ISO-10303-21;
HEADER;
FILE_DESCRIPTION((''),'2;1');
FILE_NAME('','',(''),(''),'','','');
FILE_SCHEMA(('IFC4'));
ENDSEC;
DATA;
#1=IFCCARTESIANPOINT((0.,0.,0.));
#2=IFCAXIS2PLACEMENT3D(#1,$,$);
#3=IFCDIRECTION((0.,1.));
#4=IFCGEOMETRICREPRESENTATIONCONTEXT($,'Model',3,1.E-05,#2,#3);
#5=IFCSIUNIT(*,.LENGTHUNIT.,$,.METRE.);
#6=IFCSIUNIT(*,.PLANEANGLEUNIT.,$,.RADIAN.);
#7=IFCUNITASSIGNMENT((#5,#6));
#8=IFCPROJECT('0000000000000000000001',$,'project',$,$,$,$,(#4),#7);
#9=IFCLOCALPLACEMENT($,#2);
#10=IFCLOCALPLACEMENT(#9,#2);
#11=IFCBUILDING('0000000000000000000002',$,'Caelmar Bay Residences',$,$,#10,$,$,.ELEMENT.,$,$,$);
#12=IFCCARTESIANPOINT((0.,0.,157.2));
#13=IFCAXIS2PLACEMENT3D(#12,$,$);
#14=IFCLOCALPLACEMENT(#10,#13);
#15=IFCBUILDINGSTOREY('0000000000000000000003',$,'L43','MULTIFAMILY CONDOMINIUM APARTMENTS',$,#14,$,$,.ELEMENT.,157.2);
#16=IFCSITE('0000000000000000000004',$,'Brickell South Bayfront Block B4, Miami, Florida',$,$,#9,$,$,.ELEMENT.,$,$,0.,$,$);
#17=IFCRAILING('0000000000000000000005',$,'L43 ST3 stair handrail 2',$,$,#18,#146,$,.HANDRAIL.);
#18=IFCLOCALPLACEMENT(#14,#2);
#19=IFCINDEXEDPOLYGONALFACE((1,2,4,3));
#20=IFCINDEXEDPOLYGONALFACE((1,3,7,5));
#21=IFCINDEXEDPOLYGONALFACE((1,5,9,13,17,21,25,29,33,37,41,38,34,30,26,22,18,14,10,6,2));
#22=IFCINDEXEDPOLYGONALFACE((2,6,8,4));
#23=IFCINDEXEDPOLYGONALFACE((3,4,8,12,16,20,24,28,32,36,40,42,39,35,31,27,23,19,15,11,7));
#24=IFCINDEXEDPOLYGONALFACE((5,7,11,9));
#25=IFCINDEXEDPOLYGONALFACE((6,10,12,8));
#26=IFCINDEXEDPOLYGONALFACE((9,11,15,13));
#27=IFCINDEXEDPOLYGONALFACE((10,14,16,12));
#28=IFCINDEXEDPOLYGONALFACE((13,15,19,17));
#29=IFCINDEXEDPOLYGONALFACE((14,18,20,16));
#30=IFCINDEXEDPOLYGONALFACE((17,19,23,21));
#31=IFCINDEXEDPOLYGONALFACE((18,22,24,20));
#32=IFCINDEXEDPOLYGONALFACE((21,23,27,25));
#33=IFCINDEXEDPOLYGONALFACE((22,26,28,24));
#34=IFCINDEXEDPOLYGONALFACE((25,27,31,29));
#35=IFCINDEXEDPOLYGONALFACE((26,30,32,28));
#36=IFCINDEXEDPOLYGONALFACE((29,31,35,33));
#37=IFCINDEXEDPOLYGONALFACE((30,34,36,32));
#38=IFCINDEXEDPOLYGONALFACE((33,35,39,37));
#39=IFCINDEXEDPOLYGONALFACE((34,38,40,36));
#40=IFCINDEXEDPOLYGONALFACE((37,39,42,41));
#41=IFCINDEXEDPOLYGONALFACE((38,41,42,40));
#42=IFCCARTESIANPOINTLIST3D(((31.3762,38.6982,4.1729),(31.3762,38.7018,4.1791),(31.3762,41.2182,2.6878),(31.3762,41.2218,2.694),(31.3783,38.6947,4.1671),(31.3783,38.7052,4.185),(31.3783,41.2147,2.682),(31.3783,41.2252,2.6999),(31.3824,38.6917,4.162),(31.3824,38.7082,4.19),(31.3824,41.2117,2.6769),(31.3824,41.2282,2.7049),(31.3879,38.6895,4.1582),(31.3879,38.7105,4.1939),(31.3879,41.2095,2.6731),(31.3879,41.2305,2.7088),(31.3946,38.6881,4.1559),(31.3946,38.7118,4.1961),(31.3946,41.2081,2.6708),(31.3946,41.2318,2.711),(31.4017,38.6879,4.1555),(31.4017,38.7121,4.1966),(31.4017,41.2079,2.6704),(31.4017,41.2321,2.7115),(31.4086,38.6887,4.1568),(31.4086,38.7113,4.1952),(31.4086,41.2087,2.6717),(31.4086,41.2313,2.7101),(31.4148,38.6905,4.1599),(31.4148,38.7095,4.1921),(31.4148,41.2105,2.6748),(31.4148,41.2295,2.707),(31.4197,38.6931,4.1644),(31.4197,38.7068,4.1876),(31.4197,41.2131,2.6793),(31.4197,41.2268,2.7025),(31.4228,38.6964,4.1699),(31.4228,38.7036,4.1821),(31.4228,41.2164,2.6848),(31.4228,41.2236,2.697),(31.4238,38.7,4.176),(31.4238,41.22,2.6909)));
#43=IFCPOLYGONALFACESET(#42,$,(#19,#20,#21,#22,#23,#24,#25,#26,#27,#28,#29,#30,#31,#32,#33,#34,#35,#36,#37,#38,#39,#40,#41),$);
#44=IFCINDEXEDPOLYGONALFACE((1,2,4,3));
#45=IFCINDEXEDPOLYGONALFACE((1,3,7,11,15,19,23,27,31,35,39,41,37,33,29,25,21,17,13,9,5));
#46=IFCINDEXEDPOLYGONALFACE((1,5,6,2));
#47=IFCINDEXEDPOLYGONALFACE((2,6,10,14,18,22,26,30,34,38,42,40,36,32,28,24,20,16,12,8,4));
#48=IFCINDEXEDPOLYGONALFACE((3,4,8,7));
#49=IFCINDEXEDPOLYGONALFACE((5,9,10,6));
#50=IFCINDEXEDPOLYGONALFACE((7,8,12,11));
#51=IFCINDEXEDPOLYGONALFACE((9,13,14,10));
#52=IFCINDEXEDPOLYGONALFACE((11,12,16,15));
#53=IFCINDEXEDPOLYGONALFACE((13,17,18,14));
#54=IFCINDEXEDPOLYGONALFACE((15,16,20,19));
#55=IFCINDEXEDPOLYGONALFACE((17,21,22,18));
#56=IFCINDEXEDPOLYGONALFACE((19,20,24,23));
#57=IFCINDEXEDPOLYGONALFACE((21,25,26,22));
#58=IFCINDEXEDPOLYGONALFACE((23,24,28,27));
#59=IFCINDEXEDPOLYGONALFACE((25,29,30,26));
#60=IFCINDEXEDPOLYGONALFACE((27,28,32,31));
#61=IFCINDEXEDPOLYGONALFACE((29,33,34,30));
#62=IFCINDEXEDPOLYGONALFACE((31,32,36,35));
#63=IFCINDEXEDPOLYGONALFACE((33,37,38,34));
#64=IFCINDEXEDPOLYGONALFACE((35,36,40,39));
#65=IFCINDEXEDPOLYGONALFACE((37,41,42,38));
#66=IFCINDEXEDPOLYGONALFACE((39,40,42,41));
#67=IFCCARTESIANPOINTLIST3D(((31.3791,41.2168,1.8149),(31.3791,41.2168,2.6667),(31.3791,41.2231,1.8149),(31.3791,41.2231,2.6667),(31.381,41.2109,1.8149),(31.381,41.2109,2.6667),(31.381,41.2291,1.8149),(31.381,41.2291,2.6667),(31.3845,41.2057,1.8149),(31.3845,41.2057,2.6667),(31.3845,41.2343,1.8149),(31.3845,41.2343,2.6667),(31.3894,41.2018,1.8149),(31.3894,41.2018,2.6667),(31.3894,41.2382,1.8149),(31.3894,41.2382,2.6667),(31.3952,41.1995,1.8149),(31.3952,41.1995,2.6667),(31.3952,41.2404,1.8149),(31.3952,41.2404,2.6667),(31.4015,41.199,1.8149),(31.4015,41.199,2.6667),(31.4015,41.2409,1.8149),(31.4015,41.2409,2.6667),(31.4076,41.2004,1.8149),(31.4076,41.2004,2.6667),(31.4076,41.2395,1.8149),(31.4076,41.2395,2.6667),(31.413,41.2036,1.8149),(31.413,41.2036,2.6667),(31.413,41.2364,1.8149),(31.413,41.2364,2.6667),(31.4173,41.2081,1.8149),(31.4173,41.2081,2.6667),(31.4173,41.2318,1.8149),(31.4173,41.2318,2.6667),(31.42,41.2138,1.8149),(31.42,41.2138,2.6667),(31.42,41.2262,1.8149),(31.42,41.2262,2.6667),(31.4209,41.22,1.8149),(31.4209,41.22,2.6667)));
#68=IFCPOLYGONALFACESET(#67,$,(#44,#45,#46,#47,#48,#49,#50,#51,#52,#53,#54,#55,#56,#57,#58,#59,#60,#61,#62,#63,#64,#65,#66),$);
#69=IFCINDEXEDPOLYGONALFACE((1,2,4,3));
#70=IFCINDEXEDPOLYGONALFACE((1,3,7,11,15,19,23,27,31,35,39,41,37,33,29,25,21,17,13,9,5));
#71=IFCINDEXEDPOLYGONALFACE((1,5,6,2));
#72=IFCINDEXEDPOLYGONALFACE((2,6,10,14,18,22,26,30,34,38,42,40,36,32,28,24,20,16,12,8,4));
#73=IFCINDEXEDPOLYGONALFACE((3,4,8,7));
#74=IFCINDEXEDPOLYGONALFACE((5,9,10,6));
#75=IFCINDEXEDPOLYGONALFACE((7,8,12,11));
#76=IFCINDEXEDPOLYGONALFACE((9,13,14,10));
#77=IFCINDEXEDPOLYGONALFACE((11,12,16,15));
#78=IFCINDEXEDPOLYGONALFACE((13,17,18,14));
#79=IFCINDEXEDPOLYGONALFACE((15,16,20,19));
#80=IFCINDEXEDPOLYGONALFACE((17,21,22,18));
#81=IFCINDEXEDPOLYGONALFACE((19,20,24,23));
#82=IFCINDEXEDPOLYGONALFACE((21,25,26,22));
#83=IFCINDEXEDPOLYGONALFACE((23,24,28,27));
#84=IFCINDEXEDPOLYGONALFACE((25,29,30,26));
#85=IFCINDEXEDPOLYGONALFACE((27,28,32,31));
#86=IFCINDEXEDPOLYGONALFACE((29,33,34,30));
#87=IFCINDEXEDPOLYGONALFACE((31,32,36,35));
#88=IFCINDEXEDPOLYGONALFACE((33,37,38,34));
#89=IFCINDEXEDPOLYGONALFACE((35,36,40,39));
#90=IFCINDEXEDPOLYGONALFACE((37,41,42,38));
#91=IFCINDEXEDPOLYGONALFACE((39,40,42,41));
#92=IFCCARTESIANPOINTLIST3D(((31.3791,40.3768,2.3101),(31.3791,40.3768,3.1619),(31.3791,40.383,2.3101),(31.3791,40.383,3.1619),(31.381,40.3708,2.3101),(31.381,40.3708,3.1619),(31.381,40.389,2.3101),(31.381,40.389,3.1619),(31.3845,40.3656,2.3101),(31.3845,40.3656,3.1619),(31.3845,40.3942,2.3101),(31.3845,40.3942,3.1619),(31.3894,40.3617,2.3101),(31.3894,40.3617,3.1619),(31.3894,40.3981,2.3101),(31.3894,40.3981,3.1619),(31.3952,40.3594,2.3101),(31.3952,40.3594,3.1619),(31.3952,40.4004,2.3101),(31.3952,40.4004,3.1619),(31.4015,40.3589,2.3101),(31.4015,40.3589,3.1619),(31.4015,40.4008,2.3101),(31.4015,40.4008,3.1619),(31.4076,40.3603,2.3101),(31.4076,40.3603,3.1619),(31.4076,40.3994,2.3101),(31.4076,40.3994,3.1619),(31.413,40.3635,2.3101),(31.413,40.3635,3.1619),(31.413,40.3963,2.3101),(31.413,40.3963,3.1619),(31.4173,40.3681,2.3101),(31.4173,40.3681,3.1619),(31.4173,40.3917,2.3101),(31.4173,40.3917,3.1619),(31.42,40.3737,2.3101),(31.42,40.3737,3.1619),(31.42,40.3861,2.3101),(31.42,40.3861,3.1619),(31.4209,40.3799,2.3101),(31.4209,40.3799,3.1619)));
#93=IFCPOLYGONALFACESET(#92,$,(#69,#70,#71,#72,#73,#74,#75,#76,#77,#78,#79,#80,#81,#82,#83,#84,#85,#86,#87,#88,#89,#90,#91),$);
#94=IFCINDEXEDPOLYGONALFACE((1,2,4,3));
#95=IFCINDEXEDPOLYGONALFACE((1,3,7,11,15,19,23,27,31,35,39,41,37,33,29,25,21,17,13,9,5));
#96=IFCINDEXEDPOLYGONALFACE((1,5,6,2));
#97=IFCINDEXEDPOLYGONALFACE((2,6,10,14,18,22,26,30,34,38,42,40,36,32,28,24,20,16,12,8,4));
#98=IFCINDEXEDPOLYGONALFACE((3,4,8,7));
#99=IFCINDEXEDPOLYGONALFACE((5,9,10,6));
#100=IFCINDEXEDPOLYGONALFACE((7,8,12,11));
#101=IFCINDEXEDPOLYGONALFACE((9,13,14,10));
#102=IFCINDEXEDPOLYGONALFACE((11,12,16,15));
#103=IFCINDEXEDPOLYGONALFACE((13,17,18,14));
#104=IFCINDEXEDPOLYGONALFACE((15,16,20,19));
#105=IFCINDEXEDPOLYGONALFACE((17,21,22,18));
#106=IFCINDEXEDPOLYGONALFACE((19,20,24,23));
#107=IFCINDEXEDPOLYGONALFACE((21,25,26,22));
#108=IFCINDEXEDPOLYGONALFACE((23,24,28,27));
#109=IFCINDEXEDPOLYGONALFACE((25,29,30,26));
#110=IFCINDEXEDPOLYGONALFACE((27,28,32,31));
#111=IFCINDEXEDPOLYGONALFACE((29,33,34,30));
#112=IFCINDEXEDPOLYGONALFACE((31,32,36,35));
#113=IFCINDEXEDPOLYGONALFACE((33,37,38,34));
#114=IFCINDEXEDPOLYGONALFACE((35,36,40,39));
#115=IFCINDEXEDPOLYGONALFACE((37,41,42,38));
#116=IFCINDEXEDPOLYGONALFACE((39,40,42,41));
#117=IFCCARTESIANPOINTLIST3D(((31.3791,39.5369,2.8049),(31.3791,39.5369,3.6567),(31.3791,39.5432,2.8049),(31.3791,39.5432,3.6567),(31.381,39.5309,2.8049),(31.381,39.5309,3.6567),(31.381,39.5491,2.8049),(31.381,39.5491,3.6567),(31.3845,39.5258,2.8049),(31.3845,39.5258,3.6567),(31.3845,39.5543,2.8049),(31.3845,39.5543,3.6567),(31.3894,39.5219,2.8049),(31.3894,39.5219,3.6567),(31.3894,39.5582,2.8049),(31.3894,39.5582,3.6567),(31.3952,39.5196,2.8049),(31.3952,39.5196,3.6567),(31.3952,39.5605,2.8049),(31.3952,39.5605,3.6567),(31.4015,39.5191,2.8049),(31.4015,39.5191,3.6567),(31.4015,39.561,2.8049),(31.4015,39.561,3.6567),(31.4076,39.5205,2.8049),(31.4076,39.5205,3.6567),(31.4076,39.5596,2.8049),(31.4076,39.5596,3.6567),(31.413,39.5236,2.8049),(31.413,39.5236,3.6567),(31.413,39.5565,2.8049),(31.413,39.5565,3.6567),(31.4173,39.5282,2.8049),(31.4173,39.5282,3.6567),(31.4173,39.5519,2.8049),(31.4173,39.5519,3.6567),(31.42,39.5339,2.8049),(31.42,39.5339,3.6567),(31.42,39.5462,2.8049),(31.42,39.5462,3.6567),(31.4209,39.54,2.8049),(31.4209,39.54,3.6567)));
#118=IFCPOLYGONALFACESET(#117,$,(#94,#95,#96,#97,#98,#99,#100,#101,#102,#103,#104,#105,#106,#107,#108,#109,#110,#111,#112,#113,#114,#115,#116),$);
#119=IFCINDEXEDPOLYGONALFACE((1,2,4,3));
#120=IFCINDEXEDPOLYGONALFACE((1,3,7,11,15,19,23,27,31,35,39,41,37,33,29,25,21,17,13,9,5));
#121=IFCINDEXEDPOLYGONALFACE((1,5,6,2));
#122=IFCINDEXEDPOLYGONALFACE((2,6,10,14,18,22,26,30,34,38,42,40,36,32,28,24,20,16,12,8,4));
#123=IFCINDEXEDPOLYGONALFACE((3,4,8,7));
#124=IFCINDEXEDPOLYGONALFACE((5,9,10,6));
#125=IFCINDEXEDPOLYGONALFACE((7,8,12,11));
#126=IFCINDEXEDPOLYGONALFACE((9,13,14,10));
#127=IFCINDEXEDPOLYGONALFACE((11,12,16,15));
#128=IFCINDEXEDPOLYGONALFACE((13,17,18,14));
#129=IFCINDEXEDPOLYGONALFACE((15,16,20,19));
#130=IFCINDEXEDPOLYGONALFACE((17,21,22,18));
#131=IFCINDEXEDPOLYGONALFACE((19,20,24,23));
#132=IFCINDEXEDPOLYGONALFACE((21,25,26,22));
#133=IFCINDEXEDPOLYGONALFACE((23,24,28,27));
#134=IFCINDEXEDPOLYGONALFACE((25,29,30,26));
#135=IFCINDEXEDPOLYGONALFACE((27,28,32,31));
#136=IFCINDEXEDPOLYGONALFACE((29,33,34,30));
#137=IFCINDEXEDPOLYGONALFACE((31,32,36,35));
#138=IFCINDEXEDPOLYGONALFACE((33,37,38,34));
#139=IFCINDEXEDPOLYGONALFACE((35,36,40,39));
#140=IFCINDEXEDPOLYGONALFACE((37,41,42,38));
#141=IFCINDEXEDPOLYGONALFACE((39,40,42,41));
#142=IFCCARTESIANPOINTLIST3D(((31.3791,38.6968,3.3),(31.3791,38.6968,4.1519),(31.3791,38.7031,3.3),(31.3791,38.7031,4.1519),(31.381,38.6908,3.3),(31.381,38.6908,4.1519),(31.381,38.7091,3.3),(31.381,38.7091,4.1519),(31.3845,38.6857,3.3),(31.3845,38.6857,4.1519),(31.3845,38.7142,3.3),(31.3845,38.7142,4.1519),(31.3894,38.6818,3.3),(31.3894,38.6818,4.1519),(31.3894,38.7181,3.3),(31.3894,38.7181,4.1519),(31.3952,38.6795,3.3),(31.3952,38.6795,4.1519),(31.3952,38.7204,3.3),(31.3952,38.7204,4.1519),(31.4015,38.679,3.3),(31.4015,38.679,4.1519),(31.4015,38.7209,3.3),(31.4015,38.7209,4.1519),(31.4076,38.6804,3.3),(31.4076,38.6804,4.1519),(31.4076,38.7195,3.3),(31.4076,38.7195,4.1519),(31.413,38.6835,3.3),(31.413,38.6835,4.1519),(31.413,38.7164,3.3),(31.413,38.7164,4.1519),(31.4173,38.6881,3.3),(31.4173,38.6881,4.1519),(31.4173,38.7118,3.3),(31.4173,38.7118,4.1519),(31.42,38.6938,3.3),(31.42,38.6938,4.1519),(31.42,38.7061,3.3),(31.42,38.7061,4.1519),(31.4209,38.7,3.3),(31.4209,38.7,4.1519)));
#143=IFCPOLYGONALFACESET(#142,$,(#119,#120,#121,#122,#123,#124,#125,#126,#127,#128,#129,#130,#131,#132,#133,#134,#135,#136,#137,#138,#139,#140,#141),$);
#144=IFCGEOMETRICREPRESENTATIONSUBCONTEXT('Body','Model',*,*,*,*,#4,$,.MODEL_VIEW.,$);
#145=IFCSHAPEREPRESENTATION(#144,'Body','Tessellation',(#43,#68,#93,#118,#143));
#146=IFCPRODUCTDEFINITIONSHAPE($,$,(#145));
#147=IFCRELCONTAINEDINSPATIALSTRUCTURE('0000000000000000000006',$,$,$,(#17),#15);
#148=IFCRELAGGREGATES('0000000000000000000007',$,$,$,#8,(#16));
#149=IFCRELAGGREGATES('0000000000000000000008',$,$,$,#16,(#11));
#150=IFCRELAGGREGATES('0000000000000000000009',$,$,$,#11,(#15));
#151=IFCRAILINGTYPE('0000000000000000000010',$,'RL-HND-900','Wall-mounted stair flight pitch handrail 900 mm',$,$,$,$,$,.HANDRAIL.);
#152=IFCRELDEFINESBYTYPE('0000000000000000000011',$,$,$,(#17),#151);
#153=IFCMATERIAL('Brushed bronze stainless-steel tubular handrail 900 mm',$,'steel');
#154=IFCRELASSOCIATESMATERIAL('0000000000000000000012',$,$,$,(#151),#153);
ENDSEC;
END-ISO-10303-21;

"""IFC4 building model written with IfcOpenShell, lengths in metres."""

from ifc_helpers import new_model, si_unit, direction, frame, origin, origin_2d, place, context, subcontext, project, spatial, circle, extrude, material, type_object, element, save


model = new_model("IFC4")

# Units and contexts
model_context = context("Model", 3, precision=1e-05, world=origin(), true_north=direction((0.0, 1.0)))
body_context = subcontext(model_context, "Body", "Model", "MODEL_VIEW")
ifc_project = project(units=[si_unit("LENGTHUNIT", "METRE"), si_unit("PLANEANGLEUNIT", "RADIAN")], contexts=[model_context])

# Site, building, storey
site_placement = place(None, origin())
site = spatial("IfcSite", under=ifc_project, at=site_placement, Name="Brickell South Bayfront Block B4, Miami, Florida", CompositionType="ELEMENT", RefElevation=0.0)
building_placement = place(site_placement, origin())
building = spatial("IfcBuilding", under=site, at=building_placement, Name="Caelmar Bay Residences", CompositionType="ELEMENT")
storey_placement = place(building_placement, frame((0.0, 0.0, 157.2)))
storey = spatial("IfcBuildingStorey", under=building, at=storey_placement, Name="L43", Description="MULTIFAMILY CONDOMINIUM APARTMENTS", CompositionType="ELEMENT", Elevation=157.2)

# Railing
ifc_material_1 = material(Name="Brushed bronze stainless-steel tubular handrail 900 mm", Category="steel")
railing_type_1 = type_object("IfcRailingType", Name="RL-HND-900", Description="Wall-mounted stair flight pitch handrail 900 mm", PredefinedType="HANDRAIL", material=ifc_material_1)
railing_1_placement = place(storey_placement, frame((31.3999, 41.22, 1.8149)))
element("IfcRailing", 1, at=railing_1_placement, inside=storey, type_object=railing_type_1, Name="L43 ST3 stair handrail 2", PredefinedType="HANDRAIL", context=body_context, shape_type="SweptSolid", body=[
    extrude(circle(Radius=0.0239, at=origin_2d()), frame((0.0, 0.0, 0.876), z_axis=(0.0, -0.861524, 0.507717), x_axis=(1.0, 0.0, 0.0)), (0.0, 0.0, 1.0), 2.925),
    extrude(circle(Radius=0.021, at=origin_2d()), origin(), (0.0, 0.0, 1.0), 0.8518),
    extrude(circle(Radius=0.021, at=origin_2d()), frame((0.0, -0.8401, 0.4951)), (0.0, 0.0, 1.0), 0.8518),
    extrude(circle(Radius=0.021, at=origin_2d()), frame((0.0, -1.6799, 0.99)), (0.0, 0.0, 1.0), 0.8518),
    extrude(circle(Radius=0.021, at=origin_2d()), frame((0.0, -2.52, 1.4851)), (0.0, 0.0, 1.0), 0.8518),
])

save(model, "model.ifc")
